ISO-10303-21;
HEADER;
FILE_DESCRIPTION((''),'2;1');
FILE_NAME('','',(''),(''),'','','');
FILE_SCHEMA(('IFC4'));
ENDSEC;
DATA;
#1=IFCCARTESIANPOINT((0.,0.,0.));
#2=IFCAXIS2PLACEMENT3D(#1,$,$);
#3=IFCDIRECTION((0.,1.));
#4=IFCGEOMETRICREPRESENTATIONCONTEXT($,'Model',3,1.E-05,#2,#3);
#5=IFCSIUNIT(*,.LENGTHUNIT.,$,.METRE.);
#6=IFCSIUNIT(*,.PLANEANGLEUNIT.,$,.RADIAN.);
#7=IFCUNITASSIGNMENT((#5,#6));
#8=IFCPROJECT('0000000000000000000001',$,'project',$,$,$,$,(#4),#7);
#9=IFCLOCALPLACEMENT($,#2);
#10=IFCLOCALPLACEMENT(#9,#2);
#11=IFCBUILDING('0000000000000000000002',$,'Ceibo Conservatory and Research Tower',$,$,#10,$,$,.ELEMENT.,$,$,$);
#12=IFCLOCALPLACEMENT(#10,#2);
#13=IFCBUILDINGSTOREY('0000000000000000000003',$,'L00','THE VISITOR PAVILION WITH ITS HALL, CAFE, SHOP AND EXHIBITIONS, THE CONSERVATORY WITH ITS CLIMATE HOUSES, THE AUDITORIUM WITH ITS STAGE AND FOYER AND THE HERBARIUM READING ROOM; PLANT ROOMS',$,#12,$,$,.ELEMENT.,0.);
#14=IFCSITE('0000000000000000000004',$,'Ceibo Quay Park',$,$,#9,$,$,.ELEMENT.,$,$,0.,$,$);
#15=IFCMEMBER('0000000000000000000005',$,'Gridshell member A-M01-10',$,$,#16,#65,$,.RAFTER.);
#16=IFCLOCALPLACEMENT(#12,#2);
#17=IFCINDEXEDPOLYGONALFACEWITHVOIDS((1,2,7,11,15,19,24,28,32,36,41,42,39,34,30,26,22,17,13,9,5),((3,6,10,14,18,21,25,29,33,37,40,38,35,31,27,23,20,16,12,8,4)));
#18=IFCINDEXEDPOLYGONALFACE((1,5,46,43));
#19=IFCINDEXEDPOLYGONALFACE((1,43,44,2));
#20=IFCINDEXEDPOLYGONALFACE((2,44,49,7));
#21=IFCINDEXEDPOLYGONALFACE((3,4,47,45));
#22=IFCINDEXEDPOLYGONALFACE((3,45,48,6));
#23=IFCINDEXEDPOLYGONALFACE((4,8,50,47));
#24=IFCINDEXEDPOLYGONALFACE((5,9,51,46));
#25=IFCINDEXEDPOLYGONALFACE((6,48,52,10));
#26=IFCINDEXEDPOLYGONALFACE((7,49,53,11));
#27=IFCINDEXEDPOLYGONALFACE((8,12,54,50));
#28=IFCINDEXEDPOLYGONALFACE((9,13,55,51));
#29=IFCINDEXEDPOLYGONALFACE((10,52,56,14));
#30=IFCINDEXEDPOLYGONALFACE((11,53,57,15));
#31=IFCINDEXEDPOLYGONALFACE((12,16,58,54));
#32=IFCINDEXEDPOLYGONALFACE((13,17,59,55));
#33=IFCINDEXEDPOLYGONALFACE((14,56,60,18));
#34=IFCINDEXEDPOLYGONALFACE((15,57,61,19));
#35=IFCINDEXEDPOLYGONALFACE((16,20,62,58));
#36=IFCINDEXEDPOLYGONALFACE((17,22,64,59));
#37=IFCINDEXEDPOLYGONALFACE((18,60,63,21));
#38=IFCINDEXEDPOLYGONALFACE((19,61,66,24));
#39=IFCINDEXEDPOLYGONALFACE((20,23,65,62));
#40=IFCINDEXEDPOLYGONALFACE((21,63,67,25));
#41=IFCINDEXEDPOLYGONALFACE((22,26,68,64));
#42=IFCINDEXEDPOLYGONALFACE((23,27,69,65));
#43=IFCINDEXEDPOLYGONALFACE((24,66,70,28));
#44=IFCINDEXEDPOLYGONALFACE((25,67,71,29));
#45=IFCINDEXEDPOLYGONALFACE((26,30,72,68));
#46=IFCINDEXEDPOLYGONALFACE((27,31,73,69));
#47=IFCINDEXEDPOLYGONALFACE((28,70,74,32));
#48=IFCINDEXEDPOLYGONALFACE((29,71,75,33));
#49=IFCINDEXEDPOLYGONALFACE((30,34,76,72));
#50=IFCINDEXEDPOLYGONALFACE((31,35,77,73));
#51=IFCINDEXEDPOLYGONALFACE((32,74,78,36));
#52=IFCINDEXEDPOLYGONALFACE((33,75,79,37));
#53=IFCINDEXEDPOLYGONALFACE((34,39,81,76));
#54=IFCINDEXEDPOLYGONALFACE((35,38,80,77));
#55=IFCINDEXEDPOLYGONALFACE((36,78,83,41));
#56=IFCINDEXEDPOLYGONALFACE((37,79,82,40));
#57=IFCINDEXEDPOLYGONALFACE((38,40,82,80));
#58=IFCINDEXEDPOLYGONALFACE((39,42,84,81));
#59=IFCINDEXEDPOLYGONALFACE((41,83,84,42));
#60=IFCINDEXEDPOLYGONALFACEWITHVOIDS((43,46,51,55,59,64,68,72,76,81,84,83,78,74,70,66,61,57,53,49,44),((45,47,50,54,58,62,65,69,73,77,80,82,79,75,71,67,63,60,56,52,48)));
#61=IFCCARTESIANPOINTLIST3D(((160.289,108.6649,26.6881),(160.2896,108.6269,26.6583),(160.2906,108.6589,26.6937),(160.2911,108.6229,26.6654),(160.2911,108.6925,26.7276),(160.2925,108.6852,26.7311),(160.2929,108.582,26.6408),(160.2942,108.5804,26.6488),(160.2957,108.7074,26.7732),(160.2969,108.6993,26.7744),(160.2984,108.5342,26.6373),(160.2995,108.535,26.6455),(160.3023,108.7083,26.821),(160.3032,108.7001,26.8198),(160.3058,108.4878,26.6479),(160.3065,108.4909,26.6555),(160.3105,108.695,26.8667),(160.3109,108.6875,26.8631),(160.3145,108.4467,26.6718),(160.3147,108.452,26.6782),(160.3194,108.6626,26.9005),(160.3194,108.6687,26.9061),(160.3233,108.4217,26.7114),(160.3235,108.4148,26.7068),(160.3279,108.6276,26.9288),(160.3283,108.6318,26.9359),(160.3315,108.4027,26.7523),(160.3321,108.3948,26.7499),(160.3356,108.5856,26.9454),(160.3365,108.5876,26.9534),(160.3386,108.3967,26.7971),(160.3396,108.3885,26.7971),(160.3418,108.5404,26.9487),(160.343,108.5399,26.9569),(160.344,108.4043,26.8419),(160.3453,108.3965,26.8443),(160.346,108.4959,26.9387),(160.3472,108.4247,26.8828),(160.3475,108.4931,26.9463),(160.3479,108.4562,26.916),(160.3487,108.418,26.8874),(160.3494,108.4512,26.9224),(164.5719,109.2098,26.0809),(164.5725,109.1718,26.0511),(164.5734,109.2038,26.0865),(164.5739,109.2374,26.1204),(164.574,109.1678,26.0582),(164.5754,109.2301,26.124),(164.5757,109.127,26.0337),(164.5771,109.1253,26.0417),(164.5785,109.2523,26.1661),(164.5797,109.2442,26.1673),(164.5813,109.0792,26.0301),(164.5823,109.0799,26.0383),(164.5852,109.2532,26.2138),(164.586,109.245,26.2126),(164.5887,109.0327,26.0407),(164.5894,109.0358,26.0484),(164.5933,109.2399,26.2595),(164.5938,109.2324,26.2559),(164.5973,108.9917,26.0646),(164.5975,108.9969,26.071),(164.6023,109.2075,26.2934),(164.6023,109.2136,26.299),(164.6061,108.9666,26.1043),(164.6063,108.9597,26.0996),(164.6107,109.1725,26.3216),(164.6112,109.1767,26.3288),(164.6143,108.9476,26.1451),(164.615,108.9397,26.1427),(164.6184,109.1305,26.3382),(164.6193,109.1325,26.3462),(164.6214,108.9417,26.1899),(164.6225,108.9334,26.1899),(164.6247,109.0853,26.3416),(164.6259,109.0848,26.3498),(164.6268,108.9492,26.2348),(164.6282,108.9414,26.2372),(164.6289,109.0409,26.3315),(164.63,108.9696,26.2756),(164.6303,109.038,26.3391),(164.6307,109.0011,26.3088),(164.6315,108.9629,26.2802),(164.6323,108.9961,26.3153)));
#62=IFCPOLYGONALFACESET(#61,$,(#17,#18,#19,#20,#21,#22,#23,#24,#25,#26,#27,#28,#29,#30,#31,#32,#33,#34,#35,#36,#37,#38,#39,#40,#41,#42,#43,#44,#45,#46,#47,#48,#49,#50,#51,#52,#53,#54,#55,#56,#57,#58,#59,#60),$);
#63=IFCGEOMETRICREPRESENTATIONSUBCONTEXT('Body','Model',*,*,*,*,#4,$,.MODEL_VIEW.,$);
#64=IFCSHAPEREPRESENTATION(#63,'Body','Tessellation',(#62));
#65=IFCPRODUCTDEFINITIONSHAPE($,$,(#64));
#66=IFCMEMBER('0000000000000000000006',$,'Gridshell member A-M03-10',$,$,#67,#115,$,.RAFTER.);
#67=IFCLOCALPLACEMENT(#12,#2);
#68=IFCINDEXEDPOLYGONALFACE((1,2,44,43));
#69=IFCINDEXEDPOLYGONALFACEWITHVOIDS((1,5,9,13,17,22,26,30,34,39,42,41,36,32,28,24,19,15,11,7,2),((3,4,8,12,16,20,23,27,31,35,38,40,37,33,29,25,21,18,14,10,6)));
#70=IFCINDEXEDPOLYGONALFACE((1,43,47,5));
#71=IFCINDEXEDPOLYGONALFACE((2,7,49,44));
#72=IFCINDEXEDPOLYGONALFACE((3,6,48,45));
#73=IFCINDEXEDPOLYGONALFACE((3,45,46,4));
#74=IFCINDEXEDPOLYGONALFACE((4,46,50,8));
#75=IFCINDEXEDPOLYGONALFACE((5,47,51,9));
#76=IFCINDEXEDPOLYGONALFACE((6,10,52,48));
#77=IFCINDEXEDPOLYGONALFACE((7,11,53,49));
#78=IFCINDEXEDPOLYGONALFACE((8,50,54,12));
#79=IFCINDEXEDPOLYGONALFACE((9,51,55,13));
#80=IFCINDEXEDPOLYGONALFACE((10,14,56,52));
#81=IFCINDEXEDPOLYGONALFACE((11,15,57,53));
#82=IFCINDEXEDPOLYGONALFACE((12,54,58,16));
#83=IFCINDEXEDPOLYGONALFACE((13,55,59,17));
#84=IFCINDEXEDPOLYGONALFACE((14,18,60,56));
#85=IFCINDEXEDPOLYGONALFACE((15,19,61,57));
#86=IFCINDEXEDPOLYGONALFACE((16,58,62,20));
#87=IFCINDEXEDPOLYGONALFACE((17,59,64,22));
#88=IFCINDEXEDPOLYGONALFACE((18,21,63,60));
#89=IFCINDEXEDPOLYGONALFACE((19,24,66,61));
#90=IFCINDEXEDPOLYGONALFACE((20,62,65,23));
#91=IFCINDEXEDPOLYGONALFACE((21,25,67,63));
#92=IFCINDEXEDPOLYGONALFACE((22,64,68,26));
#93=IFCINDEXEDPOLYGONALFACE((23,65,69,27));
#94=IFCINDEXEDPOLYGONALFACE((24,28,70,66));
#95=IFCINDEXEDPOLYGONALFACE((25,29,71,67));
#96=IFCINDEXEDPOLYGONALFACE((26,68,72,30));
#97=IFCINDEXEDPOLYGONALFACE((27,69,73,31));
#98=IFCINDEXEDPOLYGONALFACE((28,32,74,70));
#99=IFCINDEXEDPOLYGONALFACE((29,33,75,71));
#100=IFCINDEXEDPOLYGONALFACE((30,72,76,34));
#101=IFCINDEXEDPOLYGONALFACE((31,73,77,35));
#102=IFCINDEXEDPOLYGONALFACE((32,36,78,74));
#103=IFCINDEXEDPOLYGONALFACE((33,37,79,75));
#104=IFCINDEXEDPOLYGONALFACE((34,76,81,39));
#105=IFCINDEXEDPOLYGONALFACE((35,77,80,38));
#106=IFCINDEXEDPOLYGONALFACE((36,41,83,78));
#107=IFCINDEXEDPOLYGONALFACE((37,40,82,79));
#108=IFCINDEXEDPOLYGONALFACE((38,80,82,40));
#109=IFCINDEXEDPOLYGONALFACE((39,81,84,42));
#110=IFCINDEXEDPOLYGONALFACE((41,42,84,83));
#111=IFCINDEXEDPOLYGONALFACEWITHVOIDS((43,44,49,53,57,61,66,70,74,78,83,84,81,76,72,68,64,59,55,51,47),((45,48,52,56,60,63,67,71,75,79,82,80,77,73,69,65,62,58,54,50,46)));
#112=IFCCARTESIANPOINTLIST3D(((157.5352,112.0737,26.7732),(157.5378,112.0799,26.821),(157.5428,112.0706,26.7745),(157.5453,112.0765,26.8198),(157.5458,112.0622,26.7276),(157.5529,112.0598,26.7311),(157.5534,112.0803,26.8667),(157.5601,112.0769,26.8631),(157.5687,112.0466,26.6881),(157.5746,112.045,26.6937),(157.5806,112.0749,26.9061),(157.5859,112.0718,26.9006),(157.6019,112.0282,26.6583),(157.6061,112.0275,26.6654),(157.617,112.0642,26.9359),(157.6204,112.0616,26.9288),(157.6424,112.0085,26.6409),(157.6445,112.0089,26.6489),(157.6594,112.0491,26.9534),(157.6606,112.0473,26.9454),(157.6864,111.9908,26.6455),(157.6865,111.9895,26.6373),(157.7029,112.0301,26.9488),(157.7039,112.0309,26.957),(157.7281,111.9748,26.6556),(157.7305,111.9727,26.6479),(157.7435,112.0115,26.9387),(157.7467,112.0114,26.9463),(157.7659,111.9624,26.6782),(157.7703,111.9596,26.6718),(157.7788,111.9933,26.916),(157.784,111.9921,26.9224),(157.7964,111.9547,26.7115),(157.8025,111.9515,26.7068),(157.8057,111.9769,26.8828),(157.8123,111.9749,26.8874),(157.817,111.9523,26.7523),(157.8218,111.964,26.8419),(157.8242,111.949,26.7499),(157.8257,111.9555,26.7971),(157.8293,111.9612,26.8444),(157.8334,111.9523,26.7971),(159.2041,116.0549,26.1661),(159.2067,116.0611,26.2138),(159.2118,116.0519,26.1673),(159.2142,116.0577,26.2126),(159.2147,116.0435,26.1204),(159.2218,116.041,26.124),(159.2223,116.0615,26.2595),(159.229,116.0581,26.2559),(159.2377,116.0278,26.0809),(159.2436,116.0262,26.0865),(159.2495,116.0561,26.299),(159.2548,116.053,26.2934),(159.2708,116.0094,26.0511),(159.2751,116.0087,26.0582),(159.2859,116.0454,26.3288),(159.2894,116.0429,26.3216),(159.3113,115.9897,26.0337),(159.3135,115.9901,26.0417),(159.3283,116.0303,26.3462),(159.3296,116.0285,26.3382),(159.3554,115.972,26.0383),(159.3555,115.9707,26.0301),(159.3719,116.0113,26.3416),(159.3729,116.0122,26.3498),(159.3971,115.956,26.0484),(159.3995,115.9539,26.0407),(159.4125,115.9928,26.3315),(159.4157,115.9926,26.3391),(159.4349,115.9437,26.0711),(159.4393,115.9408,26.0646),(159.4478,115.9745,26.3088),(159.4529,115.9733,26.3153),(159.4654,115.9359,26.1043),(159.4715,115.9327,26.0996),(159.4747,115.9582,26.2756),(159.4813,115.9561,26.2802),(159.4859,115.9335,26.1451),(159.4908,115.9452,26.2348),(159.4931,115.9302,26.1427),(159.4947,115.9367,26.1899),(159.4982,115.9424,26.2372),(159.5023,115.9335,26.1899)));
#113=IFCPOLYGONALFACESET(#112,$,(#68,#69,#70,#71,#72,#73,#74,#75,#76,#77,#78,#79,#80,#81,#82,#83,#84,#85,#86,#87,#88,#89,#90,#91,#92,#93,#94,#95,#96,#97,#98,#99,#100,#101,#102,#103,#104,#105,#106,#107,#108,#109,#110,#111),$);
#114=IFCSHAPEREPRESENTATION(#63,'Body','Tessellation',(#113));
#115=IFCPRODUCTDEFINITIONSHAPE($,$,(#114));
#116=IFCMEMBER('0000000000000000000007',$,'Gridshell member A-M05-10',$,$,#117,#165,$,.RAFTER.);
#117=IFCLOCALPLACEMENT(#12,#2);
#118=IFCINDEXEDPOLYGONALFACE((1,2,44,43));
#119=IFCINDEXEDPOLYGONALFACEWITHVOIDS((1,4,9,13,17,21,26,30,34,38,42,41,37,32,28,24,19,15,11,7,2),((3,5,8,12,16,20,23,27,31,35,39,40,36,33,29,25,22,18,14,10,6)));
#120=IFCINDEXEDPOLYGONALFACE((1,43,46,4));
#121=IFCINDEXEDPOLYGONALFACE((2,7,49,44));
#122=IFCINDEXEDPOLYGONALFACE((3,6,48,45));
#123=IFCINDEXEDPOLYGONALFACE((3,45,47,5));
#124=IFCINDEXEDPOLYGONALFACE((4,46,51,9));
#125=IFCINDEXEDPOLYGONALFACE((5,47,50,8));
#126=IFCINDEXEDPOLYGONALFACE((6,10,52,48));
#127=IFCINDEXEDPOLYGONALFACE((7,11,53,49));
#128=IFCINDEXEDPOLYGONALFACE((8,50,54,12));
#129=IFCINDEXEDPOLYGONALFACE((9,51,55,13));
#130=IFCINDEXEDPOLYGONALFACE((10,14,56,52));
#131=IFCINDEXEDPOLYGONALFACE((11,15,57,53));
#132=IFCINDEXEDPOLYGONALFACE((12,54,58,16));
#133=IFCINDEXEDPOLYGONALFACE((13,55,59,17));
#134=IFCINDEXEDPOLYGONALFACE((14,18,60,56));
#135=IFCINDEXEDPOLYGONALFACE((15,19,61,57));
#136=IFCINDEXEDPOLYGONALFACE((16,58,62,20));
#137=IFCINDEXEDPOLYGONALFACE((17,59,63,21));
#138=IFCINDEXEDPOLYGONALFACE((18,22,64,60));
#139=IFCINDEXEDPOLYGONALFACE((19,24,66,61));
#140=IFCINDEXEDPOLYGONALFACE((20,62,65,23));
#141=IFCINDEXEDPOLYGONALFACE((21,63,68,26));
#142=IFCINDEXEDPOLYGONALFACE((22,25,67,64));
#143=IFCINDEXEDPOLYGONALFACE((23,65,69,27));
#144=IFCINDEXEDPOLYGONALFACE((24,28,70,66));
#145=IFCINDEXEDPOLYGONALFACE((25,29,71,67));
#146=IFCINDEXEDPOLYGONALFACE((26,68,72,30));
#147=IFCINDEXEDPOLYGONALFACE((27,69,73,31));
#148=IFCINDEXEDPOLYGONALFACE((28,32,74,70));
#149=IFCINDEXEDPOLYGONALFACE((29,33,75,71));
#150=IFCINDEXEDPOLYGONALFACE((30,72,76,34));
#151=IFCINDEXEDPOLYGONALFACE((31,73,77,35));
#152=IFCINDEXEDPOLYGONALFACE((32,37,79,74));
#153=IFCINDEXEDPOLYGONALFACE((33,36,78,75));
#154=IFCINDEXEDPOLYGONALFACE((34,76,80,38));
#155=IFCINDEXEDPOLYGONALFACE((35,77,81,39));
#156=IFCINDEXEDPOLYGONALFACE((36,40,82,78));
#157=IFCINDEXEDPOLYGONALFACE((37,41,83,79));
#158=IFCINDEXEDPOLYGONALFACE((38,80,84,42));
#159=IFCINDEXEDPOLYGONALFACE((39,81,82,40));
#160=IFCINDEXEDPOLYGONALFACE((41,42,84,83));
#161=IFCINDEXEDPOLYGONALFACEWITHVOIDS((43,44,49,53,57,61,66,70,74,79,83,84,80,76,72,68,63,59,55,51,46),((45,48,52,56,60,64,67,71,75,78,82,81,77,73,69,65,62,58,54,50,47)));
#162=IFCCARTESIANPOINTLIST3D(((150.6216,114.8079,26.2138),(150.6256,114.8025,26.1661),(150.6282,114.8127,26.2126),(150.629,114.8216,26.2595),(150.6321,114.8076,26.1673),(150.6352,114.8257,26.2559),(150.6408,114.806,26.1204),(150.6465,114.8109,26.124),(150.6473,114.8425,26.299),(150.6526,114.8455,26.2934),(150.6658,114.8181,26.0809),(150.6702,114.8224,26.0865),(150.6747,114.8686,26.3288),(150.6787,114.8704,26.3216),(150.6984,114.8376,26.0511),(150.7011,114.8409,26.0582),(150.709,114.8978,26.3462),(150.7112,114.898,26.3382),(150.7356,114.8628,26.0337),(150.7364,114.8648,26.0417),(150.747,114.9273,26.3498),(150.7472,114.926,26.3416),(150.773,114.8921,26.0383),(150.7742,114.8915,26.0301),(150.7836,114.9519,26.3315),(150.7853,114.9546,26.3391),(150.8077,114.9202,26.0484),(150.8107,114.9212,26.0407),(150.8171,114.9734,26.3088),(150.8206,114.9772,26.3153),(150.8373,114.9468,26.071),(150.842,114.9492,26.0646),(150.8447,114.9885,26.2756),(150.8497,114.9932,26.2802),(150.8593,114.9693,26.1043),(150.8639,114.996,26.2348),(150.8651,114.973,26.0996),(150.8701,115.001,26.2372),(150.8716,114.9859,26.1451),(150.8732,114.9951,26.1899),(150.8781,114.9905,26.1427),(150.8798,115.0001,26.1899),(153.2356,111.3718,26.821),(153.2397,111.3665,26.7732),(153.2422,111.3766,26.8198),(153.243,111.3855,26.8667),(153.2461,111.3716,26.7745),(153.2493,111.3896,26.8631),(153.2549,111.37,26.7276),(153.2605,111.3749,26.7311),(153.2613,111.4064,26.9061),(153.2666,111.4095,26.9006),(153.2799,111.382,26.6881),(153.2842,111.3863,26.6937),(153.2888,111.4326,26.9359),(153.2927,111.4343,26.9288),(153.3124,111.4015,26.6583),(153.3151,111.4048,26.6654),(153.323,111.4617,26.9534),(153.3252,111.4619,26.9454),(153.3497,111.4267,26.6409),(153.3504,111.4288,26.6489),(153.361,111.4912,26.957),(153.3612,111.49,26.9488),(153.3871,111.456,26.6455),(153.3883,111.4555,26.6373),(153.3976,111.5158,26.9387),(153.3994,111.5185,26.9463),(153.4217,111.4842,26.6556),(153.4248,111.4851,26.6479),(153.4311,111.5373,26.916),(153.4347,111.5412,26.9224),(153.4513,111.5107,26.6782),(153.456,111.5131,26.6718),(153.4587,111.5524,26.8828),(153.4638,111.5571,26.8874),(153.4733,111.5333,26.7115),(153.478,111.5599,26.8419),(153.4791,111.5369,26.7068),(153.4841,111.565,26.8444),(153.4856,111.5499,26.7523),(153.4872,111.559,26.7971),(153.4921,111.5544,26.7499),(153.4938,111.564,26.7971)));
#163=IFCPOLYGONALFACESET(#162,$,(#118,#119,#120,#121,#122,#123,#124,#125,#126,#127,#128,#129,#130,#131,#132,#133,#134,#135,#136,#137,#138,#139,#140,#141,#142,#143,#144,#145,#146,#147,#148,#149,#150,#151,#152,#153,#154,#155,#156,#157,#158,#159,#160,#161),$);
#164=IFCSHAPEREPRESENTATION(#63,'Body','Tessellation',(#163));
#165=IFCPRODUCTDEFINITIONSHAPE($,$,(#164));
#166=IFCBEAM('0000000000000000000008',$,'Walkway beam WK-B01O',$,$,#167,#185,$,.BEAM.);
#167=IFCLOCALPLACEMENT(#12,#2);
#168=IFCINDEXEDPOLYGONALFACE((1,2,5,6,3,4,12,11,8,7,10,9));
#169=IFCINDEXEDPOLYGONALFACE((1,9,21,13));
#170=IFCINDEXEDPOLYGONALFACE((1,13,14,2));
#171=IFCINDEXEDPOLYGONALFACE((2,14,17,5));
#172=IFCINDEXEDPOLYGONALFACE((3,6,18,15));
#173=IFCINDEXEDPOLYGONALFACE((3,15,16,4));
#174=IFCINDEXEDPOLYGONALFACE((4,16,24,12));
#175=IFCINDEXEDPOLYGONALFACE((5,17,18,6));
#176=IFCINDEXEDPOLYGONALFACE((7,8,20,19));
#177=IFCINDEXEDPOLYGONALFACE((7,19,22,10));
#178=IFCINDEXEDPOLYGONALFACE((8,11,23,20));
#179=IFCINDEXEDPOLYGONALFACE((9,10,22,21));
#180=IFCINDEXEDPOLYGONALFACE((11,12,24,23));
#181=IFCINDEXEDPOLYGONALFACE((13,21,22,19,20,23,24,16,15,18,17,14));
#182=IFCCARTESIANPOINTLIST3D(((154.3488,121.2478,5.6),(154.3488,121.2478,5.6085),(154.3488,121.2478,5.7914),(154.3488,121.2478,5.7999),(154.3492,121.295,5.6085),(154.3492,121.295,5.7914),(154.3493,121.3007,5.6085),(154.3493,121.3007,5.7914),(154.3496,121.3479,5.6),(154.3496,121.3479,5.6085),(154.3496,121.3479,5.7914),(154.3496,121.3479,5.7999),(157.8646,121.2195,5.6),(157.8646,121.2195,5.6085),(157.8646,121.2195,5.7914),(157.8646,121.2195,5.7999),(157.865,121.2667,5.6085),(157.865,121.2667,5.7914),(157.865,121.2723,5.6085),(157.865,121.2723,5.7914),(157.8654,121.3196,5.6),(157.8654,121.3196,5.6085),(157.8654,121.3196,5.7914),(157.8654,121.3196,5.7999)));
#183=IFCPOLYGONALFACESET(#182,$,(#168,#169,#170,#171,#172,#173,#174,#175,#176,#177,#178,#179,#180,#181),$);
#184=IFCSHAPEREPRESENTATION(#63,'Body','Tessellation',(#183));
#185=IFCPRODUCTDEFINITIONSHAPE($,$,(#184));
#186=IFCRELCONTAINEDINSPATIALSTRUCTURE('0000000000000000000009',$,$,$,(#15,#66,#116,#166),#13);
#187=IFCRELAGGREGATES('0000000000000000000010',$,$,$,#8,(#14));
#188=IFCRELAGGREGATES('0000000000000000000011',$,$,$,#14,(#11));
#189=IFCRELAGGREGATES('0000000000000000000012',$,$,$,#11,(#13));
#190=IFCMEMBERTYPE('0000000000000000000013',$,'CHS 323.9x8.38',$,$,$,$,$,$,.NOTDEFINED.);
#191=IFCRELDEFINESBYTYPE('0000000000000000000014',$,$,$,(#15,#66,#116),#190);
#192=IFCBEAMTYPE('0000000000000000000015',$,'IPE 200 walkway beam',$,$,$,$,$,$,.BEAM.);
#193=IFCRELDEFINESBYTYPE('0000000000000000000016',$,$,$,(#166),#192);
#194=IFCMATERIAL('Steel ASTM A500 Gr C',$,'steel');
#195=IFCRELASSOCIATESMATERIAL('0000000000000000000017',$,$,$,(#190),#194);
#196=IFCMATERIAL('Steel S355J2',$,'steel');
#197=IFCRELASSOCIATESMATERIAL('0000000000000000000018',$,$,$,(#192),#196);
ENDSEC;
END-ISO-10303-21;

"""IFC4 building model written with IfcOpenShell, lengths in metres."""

from ifc_helpers import new_model, si_unit, direction, frame, origin, origin_2d, place, context, subcontext, project, spatial, hollow_circle, i_section, extrude, material, material_profile, profile_set, type_object, element, save


model = new_model("IFC4")

# Units and contexts
model_context = context("Model", 3, precision=1e-05, world=origin(), true_north=direction((0.0, 1.0)))
body_context = subcontext(model_context, "Body", "Model", "MODEL_VIEW")
ifc_project = project(units=[si_unit("LENGTHUNIT", "METRE"), si_unit("PLANEANGLEUNIT", "RADIAN")], contexts=[model_context])

# Site, building, storey
site_placement = place(None, origin())
site = spatial("IfcSite", under=ifc_project, at=site_placement, Name="Ceibo Quay Park", CompositionType="ELEMENT", RefElevation=0.0)
building_placement = place(site_placement, origin())
building = spatial("IfcBuilding", under=site, at=building_placement, Name="Ceibo Conservatory and Research Tower", CompositionType="ELEMENT")
storey_placement = place(building_placement, origin())
storey = spatial("IfcBuildingStorey", under=building, at=storey_placement, Name="L00", Description="THE VISITOR PAVILION WITH ITS HALL, CAFE, SHOP AND EXHIBITIONS, THE CONSERVATORY WITH ITS CLIMATE HOUSES, THE AUDITORIUM WITH ITS STAGE AND FOYER AND THE HERBARIUM READING ROOM; PLANT ROOMS", CompositionType="ELEMENT", Elevation=0.0)

# Members
ifc_material_1 = material(Name="Steel ASTM A500 Gr C", Category="steel")
ifc_material_profile_1 = material_profile(ifc_material_1, hollow_circle(Radius=0.1619, WallThickness=0.0083, at=origin_2d()), Name="CHS 323.9x8.38")
ifc_profile_set_1 = profile_set([ifc_material_profile_1], Name="Steel ASTM A500 Gr C")
member_type_1 = type_object("IfcMemberType", Name="CHS 323.9x8.38", PredefinedType="NOTDEFINED", material=ifc_profile_set_1)
member_1_placement = place(storey_placement, frame((164.6021, 109.094, 26.1899), z_axis=(-0.982337, -0.124983, 0.139262), x_axis=(0.126213, -0.992003, 0.0)))
element("IfcMember", 1, at=member_1_placement, inside=storey, type_object=member_type_1, Name="Gridshell member A-M01-10", PredefinedType="RAFTER", context=body_context, shape_type="SweptSolid", body=[
    extrude(hollow_circle(Radius=0.1619, WallThickness=0.0083, at=origin_2d()), origin(), (0.0, 0.0, 1.0), 4.3599),
])
member_2_placement = place(storey_placement, frame((159.353, 115.9961, 26.1899), z_axis=(-0.382842, -0.913254, 0.139281), x_axis=(0.922243, -0.38661, 0.0)))
element("IfcMember", 2, at=member_2_placement, inside=storey, type_object=member_type_1, Name="Gridshell member A-M03-10", PredefinedType="RAFTER", context=body_context, shape_type="SweptSolid", body=[
    extrude(hollow_circle(Radius=0.1619, WallThickness=0.0083, at=origin_2d()), origin(), (0.0, 0.0, 1.0), 4.3594),
])
member_3_placement = place(storey_placement, frame((150.751, 114.9021, 26.1899), z_axis=(0.599569, -0.788113, 0.139267), x_axis=(0.795869, 0.605469, 0.0)))
element("IfcMember", 3, at=member_3_placement, inside=storey, type_object=member_type_1, Name="Gridshell member A-M05-10", PredefinedType="RAFTER", context=body_context, shape_type="SweptSolid", body=[
    extrude(hollow_circle(Radius=0.1619, WallThickness=0.0083, at=origin_2d()), origin(), (0.0, 0.0, 1.0), 4.3599),
])

# Beam
ifc_material_2 = material(Name="Steel S355J2", Category="steel")
ifc_material_profile_2 = material_profile(ifc_material_2, i_section(OverallWidth=0.1001, OverallDepth=0.2, WebThickness=0.0056, FlangeThickness=0.0085, at=origin_2d()), Name="IPE 200")
ifc_profile_set_2 = profile_set([ifc_material_profile_2], Name="Steel S355J2")
beam_type = type_object("IfcBeamType", Name="IPE 200 walkway beam", PredefinedType="BEAM", material=ifc_profile_set_2)
beam_1_placement = place(storey_placement, frame((157.865, 121.2695, 5.7), z_axis=(-0.999968, 0.008055, 0.0), x_axis=(-0.008055, -0.999968, 0.0)))
element("IfcBeam", 4, at=beam_1_placement, inside=storey, type_object=beam_type, Name="Walkway beam WK-B01O", PredefinedType="BEAM", context=body_context, shape_type="SweptSolid", body=[
    extrude(i_section(OverallWidth=0.1001, OverallDepth=0.2, WebThickness=0.0056, FlangeThickness=0.0085, at=origin_2d()), origin(), (0.0, 0.0, 1.0), 3.5159),
])

save(model, "model.ifc")
